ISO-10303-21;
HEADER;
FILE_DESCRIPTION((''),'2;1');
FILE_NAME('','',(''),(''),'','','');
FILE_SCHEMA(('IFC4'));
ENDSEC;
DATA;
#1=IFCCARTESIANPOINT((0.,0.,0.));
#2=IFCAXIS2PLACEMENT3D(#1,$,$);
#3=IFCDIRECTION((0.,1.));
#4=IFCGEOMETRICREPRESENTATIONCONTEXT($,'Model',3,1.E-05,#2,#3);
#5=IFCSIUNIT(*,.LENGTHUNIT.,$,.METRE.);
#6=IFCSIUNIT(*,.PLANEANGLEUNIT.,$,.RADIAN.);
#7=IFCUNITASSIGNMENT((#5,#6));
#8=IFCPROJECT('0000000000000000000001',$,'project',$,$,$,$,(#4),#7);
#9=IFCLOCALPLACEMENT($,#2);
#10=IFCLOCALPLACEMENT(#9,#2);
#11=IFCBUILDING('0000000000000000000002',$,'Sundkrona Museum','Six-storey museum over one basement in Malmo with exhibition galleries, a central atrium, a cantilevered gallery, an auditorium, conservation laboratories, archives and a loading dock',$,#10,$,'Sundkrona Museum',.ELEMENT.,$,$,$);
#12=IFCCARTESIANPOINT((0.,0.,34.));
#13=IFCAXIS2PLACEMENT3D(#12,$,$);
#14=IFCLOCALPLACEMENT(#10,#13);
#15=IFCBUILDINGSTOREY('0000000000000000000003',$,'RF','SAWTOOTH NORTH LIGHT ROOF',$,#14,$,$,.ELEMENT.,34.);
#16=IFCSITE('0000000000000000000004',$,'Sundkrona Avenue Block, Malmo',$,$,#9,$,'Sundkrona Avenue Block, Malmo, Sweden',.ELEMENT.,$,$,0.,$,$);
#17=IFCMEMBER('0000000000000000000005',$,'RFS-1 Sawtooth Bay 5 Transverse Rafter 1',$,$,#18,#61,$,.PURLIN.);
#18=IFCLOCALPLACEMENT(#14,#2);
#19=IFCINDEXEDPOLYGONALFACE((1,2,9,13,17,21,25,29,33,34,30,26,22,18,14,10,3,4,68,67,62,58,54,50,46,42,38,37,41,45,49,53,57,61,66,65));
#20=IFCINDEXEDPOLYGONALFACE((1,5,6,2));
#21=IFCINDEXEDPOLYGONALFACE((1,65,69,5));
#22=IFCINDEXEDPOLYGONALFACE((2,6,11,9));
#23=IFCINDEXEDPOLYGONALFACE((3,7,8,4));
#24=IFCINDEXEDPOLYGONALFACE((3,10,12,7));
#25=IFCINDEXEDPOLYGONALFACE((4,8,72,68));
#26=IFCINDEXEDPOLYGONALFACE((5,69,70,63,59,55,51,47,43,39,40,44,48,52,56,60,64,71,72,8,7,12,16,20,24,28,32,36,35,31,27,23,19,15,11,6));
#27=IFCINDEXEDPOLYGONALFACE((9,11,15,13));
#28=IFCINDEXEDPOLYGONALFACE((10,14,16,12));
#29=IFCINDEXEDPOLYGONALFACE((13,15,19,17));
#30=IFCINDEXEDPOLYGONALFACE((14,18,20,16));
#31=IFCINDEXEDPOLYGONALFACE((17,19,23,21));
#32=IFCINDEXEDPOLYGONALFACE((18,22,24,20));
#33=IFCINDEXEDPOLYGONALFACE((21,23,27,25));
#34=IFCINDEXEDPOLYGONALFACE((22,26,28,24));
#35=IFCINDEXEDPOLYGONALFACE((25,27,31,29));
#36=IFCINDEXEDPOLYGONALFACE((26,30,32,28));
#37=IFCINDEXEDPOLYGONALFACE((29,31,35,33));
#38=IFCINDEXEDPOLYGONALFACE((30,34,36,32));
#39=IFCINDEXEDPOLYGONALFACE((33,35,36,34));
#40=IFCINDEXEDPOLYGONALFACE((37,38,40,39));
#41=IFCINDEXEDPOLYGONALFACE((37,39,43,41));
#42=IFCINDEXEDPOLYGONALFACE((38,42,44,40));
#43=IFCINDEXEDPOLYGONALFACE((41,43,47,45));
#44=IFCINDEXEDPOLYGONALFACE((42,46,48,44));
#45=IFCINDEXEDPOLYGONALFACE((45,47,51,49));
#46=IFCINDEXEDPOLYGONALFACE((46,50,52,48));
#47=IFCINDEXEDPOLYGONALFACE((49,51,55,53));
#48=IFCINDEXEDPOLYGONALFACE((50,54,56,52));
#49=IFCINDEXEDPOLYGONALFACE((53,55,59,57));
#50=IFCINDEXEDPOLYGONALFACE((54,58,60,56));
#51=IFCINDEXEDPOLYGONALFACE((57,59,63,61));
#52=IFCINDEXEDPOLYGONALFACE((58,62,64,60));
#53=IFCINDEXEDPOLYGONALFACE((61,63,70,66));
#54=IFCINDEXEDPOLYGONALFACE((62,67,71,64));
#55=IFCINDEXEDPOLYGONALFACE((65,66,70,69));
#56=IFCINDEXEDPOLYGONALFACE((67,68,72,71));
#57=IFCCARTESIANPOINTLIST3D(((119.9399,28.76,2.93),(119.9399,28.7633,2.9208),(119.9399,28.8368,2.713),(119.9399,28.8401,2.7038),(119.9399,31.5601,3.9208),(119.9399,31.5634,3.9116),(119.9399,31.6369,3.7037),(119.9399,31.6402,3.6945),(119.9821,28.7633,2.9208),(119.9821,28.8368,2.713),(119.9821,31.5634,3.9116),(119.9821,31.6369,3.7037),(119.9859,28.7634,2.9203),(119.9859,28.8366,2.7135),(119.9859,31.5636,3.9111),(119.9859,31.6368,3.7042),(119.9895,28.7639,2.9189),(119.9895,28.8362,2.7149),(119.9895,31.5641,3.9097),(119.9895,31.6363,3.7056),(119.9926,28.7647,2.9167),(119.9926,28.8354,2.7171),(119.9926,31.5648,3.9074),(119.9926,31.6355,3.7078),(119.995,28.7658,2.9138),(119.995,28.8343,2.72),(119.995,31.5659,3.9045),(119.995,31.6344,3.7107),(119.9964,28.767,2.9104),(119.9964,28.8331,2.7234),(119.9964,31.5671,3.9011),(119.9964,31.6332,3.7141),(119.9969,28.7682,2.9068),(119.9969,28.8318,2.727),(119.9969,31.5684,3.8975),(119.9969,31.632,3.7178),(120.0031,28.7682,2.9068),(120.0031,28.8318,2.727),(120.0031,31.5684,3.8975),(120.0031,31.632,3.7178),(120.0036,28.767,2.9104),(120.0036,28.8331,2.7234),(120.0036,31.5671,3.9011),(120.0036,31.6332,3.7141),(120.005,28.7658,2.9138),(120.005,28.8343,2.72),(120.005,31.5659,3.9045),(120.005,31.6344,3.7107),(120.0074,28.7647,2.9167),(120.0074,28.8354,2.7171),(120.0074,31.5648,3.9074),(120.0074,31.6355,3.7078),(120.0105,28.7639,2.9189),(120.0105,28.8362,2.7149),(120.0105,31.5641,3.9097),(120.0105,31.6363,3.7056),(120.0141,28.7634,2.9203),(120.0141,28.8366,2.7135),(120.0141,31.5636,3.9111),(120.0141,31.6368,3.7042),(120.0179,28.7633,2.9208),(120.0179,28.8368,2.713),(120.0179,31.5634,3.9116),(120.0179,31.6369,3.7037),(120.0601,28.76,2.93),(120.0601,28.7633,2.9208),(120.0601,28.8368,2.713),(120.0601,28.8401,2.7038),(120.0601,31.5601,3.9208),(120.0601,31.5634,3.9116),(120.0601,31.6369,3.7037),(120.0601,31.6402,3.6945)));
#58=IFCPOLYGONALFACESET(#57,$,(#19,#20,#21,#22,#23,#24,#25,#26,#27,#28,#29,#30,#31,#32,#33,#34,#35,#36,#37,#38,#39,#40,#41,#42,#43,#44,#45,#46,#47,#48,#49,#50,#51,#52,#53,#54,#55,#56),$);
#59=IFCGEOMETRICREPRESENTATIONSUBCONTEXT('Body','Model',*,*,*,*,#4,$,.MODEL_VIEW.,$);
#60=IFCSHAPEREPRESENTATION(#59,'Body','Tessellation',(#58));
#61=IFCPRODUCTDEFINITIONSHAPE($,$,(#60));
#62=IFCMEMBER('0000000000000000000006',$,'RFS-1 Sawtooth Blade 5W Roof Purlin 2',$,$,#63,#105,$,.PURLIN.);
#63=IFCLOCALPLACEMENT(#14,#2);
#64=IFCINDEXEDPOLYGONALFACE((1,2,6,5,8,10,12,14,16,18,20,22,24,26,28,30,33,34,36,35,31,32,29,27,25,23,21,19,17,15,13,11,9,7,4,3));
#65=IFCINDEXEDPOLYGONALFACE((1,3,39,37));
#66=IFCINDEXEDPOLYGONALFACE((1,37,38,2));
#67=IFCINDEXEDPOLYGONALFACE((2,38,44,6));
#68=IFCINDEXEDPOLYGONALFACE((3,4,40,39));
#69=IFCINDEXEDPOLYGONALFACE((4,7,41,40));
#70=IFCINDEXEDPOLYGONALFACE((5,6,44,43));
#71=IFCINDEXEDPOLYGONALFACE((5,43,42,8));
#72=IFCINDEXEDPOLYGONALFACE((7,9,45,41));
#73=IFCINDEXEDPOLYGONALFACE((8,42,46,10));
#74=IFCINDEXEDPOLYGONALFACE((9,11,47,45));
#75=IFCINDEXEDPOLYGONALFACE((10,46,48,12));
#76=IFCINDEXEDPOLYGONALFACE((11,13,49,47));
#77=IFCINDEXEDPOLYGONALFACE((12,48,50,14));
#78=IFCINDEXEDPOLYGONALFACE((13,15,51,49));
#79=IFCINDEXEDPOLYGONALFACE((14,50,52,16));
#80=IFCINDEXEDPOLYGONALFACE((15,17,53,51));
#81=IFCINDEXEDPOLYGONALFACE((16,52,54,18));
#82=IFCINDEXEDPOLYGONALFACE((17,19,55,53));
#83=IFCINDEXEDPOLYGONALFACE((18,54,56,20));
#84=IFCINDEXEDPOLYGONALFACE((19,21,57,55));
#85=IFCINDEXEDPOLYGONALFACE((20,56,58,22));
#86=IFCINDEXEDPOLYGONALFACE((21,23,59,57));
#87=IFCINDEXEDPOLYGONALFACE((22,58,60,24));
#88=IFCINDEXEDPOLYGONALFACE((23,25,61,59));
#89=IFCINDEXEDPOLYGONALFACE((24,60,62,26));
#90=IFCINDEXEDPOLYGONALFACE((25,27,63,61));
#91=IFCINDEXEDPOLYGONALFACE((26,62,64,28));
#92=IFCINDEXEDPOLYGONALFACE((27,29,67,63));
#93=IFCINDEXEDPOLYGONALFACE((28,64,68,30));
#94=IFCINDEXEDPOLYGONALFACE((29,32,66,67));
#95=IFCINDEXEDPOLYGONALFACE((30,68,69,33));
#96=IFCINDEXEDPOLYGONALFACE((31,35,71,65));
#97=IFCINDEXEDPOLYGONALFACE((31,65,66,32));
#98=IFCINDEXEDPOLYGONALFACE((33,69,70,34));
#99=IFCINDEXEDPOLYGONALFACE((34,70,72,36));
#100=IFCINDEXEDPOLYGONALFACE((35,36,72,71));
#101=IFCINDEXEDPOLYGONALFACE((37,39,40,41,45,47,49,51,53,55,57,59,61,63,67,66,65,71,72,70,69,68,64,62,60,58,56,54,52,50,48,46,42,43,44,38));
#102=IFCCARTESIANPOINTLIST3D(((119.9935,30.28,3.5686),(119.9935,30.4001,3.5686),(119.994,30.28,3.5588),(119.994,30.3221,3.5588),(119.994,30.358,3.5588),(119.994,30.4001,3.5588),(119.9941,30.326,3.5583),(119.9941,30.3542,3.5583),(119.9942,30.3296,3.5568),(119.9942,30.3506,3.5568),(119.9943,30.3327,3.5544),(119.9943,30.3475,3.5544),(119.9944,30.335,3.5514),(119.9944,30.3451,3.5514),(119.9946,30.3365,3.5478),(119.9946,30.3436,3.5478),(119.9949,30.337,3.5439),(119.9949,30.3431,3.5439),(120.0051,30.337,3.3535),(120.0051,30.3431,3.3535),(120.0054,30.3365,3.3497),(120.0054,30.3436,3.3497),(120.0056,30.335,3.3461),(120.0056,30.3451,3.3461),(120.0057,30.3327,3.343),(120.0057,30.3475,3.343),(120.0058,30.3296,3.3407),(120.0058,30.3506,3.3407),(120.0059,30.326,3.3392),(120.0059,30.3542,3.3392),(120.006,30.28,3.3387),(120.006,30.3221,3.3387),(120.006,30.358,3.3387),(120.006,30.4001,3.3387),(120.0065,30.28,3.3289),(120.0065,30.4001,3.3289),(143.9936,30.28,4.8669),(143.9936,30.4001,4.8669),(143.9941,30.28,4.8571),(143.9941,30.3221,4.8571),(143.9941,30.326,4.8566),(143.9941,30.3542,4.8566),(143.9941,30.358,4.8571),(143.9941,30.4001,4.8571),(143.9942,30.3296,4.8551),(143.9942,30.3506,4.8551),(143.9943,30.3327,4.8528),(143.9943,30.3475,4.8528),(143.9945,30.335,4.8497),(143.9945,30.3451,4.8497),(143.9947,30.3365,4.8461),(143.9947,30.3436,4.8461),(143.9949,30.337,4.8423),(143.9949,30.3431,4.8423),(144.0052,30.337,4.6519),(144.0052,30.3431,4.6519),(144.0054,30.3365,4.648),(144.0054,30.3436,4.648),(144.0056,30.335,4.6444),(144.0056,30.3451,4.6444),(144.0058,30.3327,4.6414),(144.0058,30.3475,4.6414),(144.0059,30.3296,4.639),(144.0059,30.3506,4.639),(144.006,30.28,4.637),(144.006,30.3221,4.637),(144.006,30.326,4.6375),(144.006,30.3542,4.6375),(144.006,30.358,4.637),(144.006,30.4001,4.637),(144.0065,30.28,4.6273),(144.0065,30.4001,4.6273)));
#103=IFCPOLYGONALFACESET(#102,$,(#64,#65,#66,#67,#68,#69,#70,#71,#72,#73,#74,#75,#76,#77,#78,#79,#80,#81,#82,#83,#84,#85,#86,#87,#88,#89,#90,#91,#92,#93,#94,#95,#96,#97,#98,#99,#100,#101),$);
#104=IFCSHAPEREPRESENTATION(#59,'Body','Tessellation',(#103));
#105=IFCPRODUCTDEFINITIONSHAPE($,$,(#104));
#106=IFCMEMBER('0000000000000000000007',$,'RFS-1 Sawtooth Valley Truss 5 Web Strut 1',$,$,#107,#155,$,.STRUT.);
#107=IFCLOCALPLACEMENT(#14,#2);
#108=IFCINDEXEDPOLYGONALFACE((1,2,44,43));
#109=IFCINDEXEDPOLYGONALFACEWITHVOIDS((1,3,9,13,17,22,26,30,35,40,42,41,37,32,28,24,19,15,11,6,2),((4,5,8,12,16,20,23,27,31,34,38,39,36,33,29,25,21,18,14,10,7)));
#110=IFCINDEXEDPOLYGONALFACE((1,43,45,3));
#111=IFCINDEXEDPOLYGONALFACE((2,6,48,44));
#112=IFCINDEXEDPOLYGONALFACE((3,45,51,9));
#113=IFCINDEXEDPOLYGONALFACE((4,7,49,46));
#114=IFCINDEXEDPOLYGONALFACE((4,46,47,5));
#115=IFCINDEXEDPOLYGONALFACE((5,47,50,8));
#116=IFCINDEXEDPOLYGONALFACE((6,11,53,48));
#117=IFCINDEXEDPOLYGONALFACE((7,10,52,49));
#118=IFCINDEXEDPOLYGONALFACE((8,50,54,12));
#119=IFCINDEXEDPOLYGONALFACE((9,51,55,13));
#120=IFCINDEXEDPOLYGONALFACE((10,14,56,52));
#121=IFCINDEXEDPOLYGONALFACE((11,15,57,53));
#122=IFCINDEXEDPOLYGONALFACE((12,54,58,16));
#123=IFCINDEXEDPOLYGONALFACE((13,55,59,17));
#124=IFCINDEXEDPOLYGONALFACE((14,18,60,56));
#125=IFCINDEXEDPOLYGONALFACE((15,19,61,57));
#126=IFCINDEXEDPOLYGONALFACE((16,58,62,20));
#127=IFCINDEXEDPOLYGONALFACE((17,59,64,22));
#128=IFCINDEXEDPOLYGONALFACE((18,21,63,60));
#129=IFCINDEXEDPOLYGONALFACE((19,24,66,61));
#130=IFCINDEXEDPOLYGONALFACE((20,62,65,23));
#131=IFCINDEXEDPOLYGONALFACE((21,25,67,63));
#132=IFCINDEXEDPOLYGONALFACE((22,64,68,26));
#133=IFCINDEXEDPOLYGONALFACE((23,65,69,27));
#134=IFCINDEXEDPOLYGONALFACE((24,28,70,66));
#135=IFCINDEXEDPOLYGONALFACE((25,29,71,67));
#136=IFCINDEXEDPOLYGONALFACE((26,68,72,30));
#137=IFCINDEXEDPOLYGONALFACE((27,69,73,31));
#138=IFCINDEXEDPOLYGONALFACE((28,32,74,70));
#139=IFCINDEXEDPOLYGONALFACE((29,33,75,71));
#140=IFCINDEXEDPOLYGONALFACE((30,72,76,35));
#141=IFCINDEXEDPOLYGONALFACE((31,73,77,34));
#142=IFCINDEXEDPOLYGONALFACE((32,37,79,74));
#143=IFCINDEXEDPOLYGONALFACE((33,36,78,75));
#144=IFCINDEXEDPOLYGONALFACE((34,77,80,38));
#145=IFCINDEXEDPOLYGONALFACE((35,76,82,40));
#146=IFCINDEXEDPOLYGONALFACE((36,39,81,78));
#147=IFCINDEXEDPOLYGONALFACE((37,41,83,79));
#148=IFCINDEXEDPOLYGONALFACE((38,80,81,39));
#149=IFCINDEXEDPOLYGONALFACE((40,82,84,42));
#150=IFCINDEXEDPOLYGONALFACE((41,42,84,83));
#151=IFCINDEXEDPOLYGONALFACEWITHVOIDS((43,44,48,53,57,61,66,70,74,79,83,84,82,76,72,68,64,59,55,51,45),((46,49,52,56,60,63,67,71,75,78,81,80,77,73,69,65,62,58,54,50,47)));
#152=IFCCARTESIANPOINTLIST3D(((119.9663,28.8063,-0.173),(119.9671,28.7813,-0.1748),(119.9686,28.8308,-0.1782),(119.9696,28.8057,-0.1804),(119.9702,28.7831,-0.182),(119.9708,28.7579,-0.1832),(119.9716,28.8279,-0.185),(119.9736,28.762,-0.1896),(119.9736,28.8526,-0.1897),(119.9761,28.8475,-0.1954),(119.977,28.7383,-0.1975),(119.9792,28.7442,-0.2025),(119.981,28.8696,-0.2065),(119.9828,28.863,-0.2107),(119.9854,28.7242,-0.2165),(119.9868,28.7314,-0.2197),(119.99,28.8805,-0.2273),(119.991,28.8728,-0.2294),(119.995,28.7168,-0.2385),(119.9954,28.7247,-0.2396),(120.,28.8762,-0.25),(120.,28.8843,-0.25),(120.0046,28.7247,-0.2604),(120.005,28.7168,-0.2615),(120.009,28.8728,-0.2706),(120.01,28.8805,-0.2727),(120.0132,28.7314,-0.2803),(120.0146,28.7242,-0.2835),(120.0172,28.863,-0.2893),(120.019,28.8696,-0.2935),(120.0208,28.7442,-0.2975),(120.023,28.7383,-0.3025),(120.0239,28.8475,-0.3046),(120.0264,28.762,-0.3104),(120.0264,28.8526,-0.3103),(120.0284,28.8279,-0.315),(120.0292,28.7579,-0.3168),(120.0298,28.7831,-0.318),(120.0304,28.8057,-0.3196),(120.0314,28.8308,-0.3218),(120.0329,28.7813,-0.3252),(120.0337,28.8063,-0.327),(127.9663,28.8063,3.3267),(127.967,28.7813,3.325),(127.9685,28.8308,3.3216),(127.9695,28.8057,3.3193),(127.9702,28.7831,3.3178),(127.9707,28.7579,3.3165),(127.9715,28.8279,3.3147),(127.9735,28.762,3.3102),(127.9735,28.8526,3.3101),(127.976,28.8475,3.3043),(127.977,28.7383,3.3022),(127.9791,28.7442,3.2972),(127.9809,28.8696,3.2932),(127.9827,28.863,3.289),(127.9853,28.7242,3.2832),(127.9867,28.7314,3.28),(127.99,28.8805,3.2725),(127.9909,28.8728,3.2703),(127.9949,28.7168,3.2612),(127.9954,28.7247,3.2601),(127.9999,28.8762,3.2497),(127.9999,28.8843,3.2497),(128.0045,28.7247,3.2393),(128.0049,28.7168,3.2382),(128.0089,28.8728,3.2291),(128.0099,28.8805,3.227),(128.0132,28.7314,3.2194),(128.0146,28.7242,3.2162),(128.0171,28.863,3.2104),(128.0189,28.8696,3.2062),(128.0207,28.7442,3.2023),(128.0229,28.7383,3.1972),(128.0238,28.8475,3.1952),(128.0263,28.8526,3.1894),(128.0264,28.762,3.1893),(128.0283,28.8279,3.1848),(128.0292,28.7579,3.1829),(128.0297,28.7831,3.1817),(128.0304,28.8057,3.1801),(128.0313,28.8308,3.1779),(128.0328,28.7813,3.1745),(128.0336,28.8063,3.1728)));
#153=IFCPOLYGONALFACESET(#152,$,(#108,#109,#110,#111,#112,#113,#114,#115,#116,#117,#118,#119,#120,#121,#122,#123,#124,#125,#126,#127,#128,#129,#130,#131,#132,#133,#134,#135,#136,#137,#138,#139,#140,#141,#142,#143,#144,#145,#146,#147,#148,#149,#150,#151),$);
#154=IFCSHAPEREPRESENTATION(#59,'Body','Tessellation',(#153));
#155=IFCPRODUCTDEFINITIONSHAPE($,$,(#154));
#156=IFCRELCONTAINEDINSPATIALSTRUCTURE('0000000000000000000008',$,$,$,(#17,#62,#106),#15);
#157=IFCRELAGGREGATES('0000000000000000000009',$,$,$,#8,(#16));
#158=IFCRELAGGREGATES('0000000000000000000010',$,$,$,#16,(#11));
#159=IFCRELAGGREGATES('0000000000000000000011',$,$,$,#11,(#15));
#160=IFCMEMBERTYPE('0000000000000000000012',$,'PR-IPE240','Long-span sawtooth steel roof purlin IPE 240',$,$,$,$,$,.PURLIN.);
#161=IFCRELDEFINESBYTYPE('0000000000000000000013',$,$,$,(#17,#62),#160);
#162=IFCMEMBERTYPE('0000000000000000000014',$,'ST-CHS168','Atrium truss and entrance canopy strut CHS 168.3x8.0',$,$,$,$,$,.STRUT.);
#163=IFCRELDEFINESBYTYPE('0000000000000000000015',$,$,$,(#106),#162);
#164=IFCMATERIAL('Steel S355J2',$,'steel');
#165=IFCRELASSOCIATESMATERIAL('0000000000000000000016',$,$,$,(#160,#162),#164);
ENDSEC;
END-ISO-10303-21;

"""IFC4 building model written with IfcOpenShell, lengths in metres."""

from ifc_helpers import new_model, si_unit, direction, frame, origin, origin_2d, place, context, subcontext, project, spatial, hollow_circle, i_section, extrude, material, material_profile, profile_set, type_object, element, save


model = new_model("IFC4")

# Units and contexts
model_context = context("Model", 3, precision=1e-05, world=origin(), true_north=direction((0.0, 1.0)))
body_context = subcontext(model_context, "Body", "Model", "MODEL_VIEW")
ifc_project = project(units=[si_unit("LENGTHUNIT", "METRE"), si_unit("PLANEANGLEUNIT", "RADIAN")], contexts=[model_context])

# Site, building, storey
site_placement = place(None, origin())
site = spatial("IfcSite", under=ifc_project, at=site_placement, Name="Sundkrona Avenue Block, Malmo", LongName="Sundkrona Avenue Block, Malmo, Sweden", CompositionType="ELEMENT", RefElevation=0.0)
building_placement = place(site_placement, origin())
building = spatial("IfcBuilding", under=site, at=building_placement, Name="Sundkrona Museum", Description="Six-storey museum over one basement in Malmo with exhibition galleries, a central atrium, a cantilevered gallery, an auditorium, conservation laboratories, archives and a loading dock", LongName="Sundkrona Museum", CompositionType="ELEMENT")
storey_placement = place(building_placement, frame((0.0, 0.0, 34.0)))
storey = spatial("IfcBuildingStorey", under=building, at=storey_placement, Name="RF", Description="SAWTOOTH NORTH LIGHT ROOF", CompositionType="ELEMENT", Elevation=34.0)

# Members
ifc_material_1 = material(Name="Steel S355J2", Category="steel")
ifc_material_profile_1 = material_profile(ifc_material_1, i_section(OverallWidth=0.1201, OverallDepth=0.24, WebThickness=0.0061, FlangeThickness=0.0098, FilletRadius=0.0149, at=origin_2d()), Name="IPE 240")
ifc_profile_set_1 = profile_set([ifc_material_profile_1], Name="Steel S355J2")
member_type_1 = type_object("IfcMemberType", Name="PR-IPE240", Description="Long-span sawtooth steel roof purlin IPE 240", PredefinedType="PURLIN", material=ifc_profile_set_1)
member_1_placement = place(storey_placement, frame((120.0, 28.8, 2.8169), z_axis=(0.0, 0.942729, 0.33356), x_axis=(-1.0, 0.0, 0.0)))
element("IfcMember", 1, at=member_1_placement, inside=storey, type_object=member_type_1, Name="RFS-1 Sawtooth Bay 5 Transverse Rafter 1", PredefinedType="PURLIN", context=body_context, shape_type="SweptSolid", body=[
    extrude(i_section(OverallWidth=0.1201, OverallDepth=0.24, WebThickness=0.0061, FlangeThickness=0.0098, FilletRadius=0.0149, at=origin_2d()), origin(), (0.0, 0.0, 1.0), 2.9702),
])
member_2_placement = place(storey_placement, frame((120.0, 30.3401, 3.4487), z_axis=(0.99854, 0.0, 0.054019), x_axis=(0.0, 1.0, 0.0)))
element("IfcMember", 2, at=member_2_placement, inside=storey, type_object=member_type_1, Name="RFS-1 Sawtooth Blade 5W Roof Purlin 2", PredefinedType="PURLIN", context=body_context, shape_type="SweptSolid", body=[
    extrude(i_section(OverallWidth=0.1201, OverallDepth=0.24, WebThickness=0.0061, FlangeThickness=0.0098, FilletRadius=0.0149, at=origin_2d()), origin(), (0.0, 0.0, 1.0), 24.0352),
])
ifc_material_profile_2 = material_profile(ifc_material_1, hollow_circle(Radius=0.0842, WallThickness=0.0081, at=origin_2d()), Name="CHS 168.3x8.0")
ifc_profile_set_2 = profile_set([ifc_material_profile_2], Name="Steel S355J2")
member_type_2 = type_object("IfcMemberType", Name="ST-CHS168", Description="Atrium truss and entrance canopy strut CHS 168.3x8.0", PredefinedType="STRUT", material=ifc_profile_set_2)
member_3_placement = place(storey_placement, frame((120.0, 28.8, -0.25), z_axis=(0.916168, 0.0, 0.400795), x_axis=(0.0, 1.0, 0.0)))
element("IfcMember", 3, at=member_3_placement, inside=storey, type_object=member_type_2, Name="RFS-1 Sawtooth Valley Truss 5 Web Strut 1", PredefinedType="STRUT", context=body_context, shape_type="SweptSolid", body=[
    extrude(hollow_circle(Radius=0.0842, WallThickness=0.0081, at=origin_2d()), origin(), (0.0, 0.0, 1.0), 8.7319),
])

save(model, "model.ifc")
